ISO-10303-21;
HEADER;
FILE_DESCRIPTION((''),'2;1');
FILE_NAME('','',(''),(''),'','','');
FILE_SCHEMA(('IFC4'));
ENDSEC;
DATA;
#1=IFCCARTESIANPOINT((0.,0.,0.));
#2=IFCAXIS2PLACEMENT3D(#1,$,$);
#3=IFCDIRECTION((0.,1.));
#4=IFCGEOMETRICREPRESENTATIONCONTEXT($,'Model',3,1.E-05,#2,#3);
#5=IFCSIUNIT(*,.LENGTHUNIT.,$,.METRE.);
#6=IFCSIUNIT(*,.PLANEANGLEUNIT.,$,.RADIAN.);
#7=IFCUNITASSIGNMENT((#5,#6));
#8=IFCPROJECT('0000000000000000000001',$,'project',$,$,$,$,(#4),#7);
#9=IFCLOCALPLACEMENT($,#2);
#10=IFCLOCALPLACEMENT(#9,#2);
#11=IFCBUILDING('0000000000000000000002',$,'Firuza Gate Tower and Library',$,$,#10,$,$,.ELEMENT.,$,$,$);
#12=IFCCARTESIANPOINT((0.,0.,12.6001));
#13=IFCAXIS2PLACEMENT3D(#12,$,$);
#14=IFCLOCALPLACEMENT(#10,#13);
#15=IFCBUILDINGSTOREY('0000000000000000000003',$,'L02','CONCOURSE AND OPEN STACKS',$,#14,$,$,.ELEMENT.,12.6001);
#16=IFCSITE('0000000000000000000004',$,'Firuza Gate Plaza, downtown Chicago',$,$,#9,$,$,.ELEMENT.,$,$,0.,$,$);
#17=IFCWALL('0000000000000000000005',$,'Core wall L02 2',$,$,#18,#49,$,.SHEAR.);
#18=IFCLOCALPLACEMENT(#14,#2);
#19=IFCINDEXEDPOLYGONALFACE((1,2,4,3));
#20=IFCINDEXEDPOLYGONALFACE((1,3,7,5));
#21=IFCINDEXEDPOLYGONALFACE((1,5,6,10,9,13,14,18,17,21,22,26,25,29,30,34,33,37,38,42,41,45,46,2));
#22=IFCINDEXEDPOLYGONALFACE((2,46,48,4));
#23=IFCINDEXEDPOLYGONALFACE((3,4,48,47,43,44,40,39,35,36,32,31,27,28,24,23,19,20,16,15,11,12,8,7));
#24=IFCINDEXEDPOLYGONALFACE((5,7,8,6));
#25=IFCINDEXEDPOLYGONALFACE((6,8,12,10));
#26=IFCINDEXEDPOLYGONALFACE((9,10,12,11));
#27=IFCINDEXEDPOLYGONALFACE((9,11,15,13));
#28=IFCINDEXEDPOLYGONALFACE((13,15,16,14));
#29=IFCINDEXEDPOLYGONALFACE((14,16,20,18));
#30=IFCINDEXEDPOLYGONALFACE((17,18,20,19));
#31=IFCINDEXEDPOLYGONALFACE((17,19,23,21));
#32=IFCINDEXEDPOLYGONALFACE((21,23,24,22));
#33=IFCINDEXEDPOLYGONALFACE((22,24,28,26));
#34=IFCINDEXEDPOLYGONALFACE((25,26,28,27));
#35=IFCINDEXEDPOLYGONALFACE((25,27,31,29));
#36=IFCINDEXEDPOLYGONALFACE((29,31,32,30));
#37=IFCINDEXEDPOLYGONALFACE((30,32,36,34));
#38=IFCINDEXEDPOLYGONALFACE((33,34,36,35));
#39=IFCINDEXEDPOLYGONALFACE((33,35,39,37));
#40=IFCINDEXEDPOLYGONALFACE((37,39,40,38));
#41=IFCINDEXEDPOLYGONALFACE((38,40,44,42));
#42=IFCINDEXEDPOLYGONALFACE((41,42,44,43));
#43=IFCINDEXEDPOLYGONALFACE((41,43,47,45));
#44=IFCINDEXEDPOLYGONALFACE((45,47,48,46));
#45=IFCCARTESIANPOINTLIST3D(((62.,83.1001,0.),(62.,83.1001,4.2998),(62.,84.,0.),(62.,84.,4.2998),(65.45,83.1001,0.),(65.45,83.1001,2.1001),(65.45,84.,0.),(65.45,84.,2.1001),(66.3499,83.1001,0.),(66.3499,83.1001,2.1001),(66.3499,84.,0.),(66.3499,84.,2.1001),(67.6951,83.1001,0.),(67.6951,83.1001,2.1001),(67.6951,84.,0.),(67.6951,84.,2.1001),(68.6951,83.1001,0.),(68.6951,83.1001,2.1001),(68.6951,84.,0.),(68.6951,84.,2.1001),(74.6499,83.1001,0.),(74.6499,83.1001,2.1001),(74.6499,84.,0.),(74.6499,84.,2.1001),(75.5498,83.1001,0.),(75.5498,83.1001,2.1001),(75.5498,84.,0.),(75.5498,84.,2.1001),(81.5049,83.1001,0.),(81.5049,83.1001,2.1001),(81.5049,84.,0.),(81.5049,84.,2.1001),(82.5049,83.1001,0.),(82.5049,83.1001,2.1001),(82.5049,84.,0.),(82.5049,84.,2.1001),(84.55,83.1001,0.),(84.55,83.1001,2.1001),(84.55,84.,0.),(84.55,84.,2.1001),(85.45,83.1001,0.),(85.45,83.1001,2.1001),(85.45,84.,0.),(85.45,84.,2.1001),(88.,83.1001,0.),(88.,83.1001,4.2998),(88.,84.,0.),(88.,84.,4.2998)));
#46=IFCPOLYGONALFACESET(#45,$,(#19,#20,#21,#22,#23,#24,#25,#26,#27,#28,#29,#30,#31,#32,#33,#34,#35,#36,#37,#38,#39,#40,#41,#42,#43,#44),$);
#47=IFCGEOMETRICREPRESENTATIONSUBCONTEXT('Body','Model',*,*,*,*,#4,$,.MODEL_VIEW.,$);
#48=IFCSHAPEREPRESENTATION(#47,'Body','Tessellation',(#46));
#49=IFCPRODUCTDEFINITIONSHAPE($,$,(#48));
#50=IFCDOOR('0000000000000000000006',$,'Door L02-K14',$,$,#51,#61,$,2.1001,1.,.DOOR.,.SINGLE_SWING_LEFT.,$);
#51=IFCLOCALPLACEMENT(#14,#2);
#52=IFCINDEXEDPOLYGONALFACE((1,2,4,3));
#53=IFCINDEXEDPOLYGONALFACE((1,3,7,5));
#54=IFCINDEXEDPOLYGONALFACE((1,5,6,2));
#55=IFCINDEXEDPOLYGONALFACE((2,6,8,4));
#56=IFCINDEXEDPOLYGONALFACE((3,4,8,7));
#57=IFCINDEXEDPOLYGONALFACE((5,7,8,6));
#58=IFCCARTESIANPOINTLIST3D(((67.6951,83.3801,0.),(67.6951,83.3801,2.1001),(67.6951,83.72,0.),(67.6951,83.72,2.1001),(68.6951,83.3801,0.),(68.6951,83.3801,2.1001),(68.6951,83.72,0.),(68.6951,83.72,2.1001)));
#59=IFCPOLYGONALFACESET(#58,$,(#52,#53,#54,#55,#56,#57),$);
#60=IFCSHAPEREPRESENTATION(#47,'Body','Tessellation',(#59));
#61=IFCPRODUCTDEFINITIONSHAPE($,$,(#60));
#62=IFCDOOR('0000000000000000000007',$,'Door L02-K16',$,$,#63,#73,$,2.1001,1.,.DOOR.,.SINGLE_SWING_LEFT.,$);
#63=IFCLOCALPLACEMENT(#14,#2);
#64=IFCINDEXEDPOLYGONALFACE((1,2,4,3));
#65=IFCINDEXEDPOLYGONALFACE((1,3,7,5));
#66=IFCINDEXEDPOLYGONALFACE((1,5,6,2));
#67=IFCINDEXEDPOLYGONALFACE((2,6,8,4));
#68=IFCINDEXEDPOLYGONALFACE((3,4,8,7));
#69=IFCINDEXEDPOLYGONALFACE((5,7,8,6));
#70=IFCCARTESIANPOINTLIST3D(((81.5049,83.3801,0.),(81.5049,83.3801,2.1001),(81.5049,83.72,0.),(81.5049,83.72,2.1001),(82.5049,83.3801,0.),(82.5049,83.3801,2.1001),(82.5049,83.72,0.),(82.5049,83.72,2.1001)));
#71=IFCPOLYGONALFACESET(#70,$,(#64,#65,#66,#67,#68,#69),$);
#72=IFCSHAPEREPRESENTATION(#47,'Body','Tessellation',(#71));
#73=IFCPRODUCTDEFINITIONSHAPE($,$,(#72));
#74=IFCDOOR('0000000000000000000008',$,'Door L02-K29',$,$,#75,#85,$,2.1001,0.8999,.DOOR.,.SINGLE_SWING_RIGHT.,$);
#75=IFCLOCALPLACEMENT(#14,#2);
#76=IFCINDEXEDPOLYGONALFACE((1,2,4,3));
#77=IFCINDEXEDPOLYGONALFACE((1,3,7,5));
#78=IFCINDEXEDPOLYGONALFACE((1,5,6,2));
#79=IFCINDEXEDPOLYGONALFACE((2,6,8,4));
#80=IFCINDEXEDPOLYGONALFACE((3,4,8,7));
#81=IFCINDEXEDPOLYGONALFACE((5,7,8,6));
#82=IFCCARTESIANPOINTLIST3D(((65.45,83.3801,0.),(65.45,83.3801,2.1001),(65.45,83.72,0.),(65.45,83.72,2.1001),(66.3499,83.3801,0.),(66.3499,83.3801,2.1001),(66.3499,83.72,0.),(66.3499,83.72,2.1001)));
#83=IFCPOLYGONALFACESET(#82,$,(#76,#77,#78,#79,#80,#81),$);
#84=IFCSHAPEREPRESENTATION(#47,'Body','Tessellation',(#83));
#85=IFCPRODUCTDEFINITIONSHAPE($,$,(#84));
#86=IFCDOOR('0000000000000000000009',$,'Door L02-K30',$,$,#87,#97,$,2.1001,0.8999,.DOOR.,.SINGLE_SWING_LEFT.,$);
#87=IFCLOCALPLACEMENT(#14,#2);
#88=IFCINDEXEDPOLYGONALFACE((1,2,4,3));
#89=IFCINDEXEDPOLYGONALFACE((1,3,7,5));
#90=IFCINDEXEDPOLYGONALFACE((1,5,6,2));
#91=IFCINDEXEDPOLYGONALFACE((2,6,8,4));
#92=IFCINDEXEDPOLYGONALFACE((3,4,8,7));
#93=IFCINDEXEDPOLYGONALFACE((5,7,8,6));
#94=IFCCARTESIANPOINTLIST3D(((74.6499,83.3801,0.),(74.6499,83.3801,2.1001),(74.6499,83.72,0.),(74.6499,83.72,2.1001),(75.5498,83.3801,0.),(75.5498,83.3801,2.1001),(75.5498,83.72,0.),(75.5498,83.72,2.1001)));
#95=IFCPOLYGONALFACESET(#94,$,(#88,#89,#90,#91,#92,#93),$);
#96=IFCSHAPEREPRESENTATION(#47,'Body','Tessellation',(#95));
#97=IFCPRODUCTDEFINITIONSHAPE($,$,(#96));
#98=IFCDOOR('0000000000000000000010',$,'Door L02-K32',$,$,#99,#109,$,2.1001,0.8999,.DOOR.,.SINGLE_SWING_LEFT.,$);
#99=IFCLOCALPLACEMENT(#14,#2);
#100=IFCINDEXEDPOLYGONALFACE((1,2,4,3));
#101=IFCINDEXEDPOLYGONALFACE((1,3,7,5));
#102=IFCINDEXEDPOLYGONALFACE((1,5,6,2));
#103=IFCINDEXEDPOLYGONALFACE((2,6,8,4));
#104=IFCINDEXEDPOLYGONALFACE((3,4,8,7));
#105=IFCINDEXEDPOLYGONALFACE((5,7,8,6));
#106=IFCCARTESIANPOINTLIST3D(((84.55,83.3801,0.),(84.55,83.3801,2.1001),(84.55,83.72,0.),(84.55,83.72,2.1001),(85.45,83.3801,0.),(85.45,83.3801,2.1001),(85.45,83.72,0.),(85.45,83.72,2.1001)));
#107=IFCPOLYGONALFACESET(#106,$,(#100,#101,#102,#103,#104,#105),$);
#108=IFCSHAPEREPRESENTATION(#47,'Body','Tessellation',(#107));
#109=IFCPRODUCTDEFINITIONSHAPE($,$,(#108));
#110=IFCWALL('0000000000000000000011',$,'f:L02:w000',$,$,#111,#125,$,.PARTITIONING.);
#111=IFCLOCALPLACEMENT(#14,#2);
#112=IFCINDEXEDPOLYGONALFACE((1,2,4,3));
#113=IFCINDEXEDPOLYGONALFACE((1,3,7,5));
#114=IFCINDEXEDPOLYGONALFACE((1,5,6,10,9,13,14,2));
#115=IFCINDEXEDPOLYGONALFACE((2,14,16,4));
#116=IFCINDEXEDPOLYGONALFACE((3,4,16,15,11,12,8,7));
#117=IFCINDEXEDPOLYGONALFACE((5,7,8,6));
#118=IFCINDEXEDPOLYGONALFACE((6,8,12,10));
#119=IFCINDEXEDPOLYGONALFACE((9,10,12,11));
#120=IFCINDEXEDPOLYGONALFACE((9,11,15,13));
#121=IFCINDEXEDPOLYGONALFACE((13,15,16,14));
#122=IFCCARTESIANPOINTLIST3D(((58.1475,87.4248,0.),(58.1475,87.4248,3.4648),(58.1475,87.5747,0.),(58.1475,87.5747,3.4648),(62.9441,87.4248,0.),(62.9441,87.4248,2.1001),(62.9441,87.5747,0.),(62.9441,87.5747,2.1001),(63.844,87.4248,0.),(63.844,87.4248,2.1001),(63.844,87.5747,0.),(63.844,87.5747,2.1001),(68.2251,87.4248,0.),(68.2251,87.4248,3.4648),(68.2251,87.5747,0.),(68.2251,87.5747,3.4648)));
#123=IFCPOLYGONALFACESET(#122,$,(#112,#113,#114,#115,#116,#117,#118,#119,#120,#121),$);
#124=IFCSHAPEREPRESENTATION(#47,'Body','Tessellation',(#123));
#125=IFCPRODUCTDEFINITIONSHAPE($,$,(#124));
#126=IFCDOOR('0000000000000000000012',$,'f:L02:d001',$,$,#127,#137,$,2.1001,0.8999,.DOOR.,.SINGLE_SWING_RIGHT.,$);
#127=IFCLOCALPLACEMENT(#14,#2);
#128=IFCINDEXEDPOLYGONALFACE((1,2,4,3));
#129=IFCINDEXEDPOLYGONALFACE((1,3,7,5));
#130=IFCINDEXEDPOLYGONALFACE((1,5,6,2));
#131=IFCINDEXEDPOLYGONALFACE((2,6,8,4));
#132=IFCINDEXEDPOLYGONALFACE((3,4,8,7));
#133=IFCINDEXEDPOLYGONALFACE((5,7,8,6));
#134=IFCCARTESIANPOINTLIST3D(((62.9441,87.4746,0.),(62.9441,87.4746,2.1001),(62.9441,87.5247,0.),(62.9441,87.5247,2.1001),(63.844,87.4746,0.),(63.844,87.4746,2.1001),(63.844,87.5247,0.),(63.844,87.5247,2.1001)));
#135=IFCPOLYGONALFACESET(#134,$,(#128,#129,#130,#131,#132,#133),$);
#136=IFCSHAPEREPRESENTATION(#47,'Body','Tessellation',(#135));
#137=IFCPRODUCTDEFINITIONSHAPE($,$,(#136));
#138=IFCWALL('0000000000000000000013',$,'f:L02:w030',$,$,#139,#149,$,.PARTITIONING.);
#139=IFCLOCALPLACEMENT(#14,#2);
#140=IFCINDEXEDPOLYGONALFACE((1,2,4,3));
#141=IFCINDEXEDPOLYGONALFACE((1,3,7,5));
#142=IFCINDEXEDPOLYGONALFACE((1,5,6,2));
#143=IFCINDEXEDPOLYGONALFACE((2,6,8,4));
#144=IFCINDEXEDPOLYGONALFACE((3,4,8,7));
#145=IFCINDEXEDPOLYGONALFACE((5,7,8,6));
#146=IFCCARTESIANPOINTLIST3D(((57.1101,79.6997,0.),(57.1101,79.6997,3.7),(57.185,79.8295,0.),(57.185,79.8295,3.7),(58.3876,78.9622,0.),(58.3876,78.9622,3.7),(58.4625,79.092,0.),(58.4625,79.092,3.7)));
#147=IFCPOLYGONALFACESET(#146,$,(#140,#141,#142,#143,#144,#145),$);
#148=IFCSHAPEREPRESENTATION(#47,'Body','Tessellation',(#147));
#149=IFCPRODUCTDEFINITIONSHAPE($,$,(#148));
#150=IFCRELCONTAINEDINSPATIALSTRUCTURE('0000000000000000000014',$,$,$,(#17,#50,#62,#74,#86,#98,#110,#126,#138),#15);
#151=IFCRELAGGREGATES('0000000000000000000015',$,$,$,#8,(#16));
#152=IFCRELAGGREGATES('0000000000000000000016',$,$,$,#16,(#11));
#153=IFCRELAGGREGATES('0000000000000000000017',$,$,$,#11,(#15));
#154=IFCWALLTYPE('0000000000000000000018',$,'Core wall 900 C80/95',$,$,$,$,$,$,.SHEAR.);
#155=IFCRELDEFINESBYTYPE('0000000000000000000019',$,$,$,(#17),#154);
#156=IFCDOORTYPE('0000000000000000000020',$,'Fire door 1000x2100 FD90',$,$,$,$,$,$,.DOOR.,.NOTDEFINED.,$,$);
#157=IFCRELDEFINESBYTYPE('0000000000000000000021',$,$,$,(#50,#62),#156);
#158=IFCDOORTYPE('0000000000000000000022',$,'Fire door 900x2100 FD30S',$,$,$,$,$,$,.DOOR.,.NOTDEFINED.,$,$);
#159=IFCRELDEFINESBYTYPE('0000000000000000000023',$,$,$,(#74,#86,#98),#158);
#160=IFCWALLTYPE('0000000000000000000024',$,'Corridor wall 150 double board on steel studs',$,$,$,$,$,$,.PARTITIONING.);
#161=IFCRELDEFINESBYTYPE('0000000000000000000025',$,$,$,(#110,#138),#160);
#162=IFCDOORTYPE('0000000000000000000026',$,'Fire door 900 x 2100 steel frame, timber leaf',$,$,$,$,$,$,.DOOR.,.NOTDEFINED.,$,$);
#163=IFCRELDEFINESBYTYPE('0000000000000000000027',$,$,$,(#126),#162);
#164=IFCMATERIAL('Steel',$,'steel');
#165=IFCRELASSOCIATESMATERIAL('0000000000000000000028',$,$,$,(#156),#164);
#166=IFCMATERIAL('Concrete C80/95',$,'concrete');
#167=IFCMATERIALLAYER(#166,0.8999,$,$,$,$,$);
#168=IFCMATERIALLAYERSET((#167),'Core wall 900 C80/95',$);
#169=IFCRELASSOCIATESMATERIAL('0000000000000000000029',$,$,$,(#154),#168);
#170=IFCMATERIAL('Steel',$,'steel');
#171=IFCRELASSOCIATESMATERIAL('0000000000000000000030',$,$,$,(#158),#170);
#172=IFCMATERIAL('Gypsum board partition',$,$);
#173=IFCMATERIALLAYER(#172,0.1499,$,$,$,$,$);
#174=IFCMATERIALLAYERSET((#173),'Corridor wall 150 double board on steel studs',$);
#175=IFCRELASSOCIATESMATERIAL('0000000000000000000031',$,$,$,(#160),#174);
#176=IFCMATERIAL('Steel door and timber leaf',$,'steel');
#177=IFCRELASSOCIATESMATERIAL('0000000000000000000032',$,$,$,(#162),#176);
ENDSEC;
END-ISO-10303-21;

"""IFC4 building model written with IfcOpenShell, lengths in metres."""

from ifc_helpers import new_model, si_unit, direction, frame, frame_2d, origin, place, context, subcontext, project, spatial, rectangle, extrude, material, layer, layer_set, type_object, element, fill, save


model = new_model("IFC4")

# Units and contexts
model_context = context("Model", 3, precision=1e-05, world=origin(), true_north=direction((0.0, 1.0)))
body_context = subcontext(model_context, "Body", "Model", "MODEL_VIEW")
ifc_project = project(units=[si_unit("LENGTHUNIT", "METRE"), si_unit("PLANEANGLEUNIT", "RADIAN")], contexts=[model_context])

# Site, building, storey
site_placement = place(None, origin())
site = spatial("IfcSite", under=ifc_project, at=site_placement, Name="Firuza Gate Plaza, downtown Chicago", CompositionType="ELEMENT", RefElevation=0.0)
building_placement = place(site_placement, origin())
building = spatial("IfcBuilding", under=site, at=building_placement, Name="Firuza Gate Tower and Library", CompositionType="ELEMENT")
storey_placement = place(building_placement, frame((0.0, 0.0, 12.6001)))
storey = spatial("IfcBuildingStorey", under=building, at=storey_placement, Name="L02", Description="CONCOURSE AND OPEN STACKS", CompositionType="ELEMENT", Elevation=12.6001)

# Shared definitions
ifc_material_1 = material(Name="Steel", Category="steel")
door_type_1 = type_object("IfcDoorType", Name="Fire door 1000x2100 FD90", OperationType="NOTDEFINED", PredefinedType="DOOR", material=ifc_material_1)

# Wall, openings, doors
ifc_material_2 = material(Name="Concrete C80/95", Category="concrete")
ifc_layer_1 = layer(ifc_material_2, 0.8999)
ifc_layer_set_1 = layer_set([ifc_layer_1], Name="Core wall 900 C80/95")
wall_type_1 = type_object("IfcWallType", Name="Core wall 900 C80/95", PredefinedType="SHEAR", material=ifc_layer_set_1)
wall_1_placement = place(storey_placement, frame((62.0, 83.55, 0.0), z_axis=(0.0, 0.0, 1.0), x_axis=(1.0, 0.0, 0.0)))
wall_1 = element("IfcWall", 1, at=wall_1_placement, inside=storey, type_object=wall_type_1, Name="Core wall L02 2", PredefinedType="SHEAR", context=body_context, shape_type="SweptSolid", body=[
    extrude(rectangle(XDim=26.0, YDim=0.8999, at=frame_2d((13.0, 0.0))), origin(), (0.0, 0.0, 1.0), 4.2998),
])
opening_1_placement = place(wall_1_placement, frame((5.6951, 0.0, 0.0)))
opening_1 = element("IfcOpeningElement", 2, at=opening_1_placement, cuts=wall_1, PredefinedType="OPENING", context=body_context, shape_type="SweptSolid", body=[
    extrude(rectangle(XDim=1.0, YDim=2.1001, at=frame_2d((0.5, 1.05))), frame((0.0, 0.46, 0.0), z_axis=(0.0, -1.0, 0.0), x_axis=(1.0, 0.0, 0.0)), (0.0, 0.0, 1.0), 0.9199),
])
opening_2_placement = place(wall_1_placement, frame((19.5049, 0.0, 0.0)))
opening_2 = element("IfcOpeningElement", 3, at=opening_2_placement, cuts=wall_1, PredefinedType="OPENING", context=body_context, shape_type="SweptSolid", body=[
    extrude(rectangle(XDim=1.0, YDim=2.1001, at=frame_2d((0.5, 1.05))), frame((0.0, 0.46, 0.0), z_axis=(0.0, -1.0, 0.0), x_axis=(1.0, 0.0, 0.0)), (0.0, 0.0, 1.0), 0.9199),
])
opening_3_placement = place(wall_1_placement, frame((3.45, 0.0, 0.0)))
opening_3 = element("IfcOpeningElement", 4, at=opening_3_placement, cuts=wall_1, PredefinedType="OPENING", context=body_context, shape_type="SweptSolid", body=[
    extrude(rectangle(XDim=0.8999, YDim=2.1001, at=frame_2d((0.45, 1.05))), frame((0.0, 0.46, 0.0), z_axis=(0.0, -1.0, 0.0), x_axis=(1.0, 0.0, 0.0)), (0.0, 0.0, 1.0), 0.9199),
])
opening_4_placement = place(wall_1_placement, frame((12.6499, 0.0, 0.0)))
opening_4 = element("IfcOpeningElement", 5, at=opening_4_placement, cuts=wall_1, PredefinedType="OPENING", context=body_context, shape_type="SweptSolid", body=[
    extrude(rectangle(XDim=0.8999, YDim=2.1001, at=frame_2d((0.45, 1.05))), frame((0.0, 0.46, 0.0), z_axis=(0.0, -1.0, 0.0), x_axis=(1.0, 0.0, 0.0)), (0.0, 0.0, 1.0), 0.9199),
])
opening_5_placement = place(wall_1_placement, frame((22.55, 0.0, 0.0)))
opening_5 = element("IfcOpeningElement", 6, at=opening_5_placement, cuts=wall_1, PredefinedType="OPENING", context=body_context, shape_type="SweptSolid", body=[
    extrude(rectangle(XDim=0.8999, YDim=2.1001, at=frame_2d((0.45, 1.05))), frame((0.0, 0.46, 0.0), z_axis=(0.0, -1.0, 0.0), x_axis=(1.0, 0.0, 0.0)), (0.0, 0.0, 1.0), 0.9199),
])
door_1_placement = place(opening_1_placement, origin())
door_1 = element("IfcDoor", 7, at=door_1_placement, inside=storey, type_object=door_type_1, Name="Door L02-K14", OperationType="SINGLE_SWING_LEFT", OverallHeight=2.1001, OverallWidth=1.0, PredefinedType="DOOR", context=body_context, shape_type="SweptSolid", body=[
    extrude(rectangle(XDim=1.0, YDim=2.1001, at=frame_2d((0.5, 1.05))), frame((0.0, 0.1699, 0.0), z_axis=(0.0, -1.0, 0.0), x_axis=(1.0, 0.0, 0.0)), (0.0, 0.0, 1.0), 0.3398),
])
fill(opening_1, door_1)
door_2_placement = place(opening_2_placement, origin())
door_2 = element("IfcDoor", 8, at=door_2_placement, inside=storey, type_object=door_type_1, Name="Door L02-K16", OperationType="SINGLE_SWING_LEFT", OverallHeight=2.1001, OverallWidth=1.0, PredefinedType="DOOR", context=body_context, shape_type="SweptSolid", body=[
    extrude(rectangle(XDim=1.0, YDim=2.1001, at=frame_2d((0.5, 1.05))), frame((0.0, 0.1699, 0.0), z_axis=(0.0, -1.0, 0.0), x_axis=(1.0, 0.0, 0.0)), (0.0, 0.0, 1.0), 0.3398),
])
fill(opening_2, door_2)
ifc_material_3 = material(Name="Steel", Category="steel")
door_type_2 = type_object("IfcDoorType", Name="Fire door 900x2100 FD30S", OperationType="NOTDEFINED", PredefinedType="DOOR", material=ifc_material_3)
door_3_placement = place(opening_3_placement, origin())
door_3 = element("IfcDoor", 9, at=door_3_placement, inside=storey, type_object=door_type_2, Name="Door L02-K29", OperationType="SINGLE_SWING_RIGHT", OverallHeight=2.1001, OverallWidth=0.8999, PredefinedType="DOOR", context=body_context, shape_type="SweptSolid", body=[
    extrude(rectangle(XDim=0.8999, YDim=2.1001, at=frame_2d((0.45, 1.05))), frame((0.0, 0.1699, 0.0), z_axis=(0.0, -1.0, 0.0), x_axis=(1.0, 0.0, 0.0)), (0.0, 0.0, 1.0), 0.3398),
])
fill(opening_3, door_3)
door_4_placement = place(opening_4_placement, origin())
door_4 = element("IfcDoor", 10, at=door_4_placement, inside=storey, type_object=door_type_2, Name="Door L02-K30", OperationType="SINGLE_SWING_LEFT", OverallHeight=2.1001, OverallWidth=0.8999, PredefinedType="DOOR", context=body_context, shape_type="SweptSolid", body=[
    extrude(rectangle(XDim=0.8999, YDim=2.1001, at=frame_2d((0.45, 1.05))), frame((0.0, 0.1699, 0.0), z_axis=(0.0, -1.0, 0.0), x_axis=(1.0, 0.0, 0.0)), (0.0, 0.0, 1.0), 0.3398),
])
fill(opening_4, door_4)
door_5_placement = place(opening_5_placement, origin())
door_5 = element("IfcDoor", 11, at=door_5_placement, inside=storey, type_object=door_type_2, Name="Door L02-K32", OperationType="SINGLE_SWING_LEFT", OverallHeight=2.1001, OverallWidth=0.8999, PredefinedType="DOOR", context=body_context, shape_type="SweptSolid", body=[
    extrude(rectangle(XDim=0.8999, YDim=2.1001, at=frame_2d((0.45, 1.05))), frame((0.0, 0.1699, 0.0), z_axis=(0.0, -1.0, 0.0), x_axis=(1.0, 0.0, 0.0)), (0.0, 0.0, 1.0), 0.3398),
])
fill(opening_5, door_5)

# Wall, opening, door
ifc_material_4 = material(Name="Gypsum board partition")
ifc_layer_2 = layer(ifc_material_4, 0.1499)
ifc_layer_set_2 = layer_set([ifc_layer_2], Name="Corridor wall 150 double board on steel studs")
wall_type_2 = type_object("IfcWallType", Name="Corridor wall 150 double board on steel studs", PredefinedType="PARTITIONING", material=ifc_layer_set_2)
wall_2_placement = place(storey_placement, frame((58.1475, 87.4998, 0.0), z_axis=(0.0, 0.0, 1.0), x_axis=(1.0, 0.0, 0.0)))
wall_2 = element("IfcWall", 12, at=wall_2_placement, inside=storey, type_object=wall_type_2, Name="f:L02:w000", PredefinedType="PARTITIONING", context=body_context, shape_type="SweptSolid", body=[
    extrude(rectangle(XDim=10.0776, YDim=0.1499, at=frame_2d((5.0388, 0.0))), origin(), (0.0, 0.0, 1.0), 3.4648),
])
opening_6_placement = place(wall_2_placement, frame((4.7966, 0.0, 0.0)))
opening_6 = element("IfcOpeningElement", 13, at=opening_6_placement, cuts=wall_2, PredefinedType="OPENING", context=body_context, shape_type="SweptSolid", body=[
    extrude(rectangle(XDim=0.8999, YDim=2.1001, at=frame_2d((0.45, 1.05))), frame((0.0, 0.085, 0.0), z_axis=(0.0, -1.0, 0.0), x_axis=(1.0, 0.0, 0.0)), (0.0, 0.0, 1.0), 0.1699),
])
ifc_material_5 = material(Name="Steel door and timber leaf", Category="steel")
door_type_3 = type_object("IfcDoorType", Name="Fire door 900 x 2100 steel frame, timber leaf", OperationType="NOTDEFINED", PredefinedType="DOOR", material=ifc_material_5)
door_6_placement = place(opening_6_placement, origin())
door_6 = element("IfcDoor", 14, at=door_6_placement, inside=storey, type_object=door_type_3, Name="f:L02:d001", OperationType="SINGLE_SWING_RIGHT", OverallHeight=2.1001, OverallWidth=0.8999, PredefinedType="DOOR", context=body_context, shape_type="SweptSolid", body=[
    extrude(rectangle(XDim=0.8999, YDim=2.1001, at=frame_2d((0.45, 1.05))), frame((0.0, 0.0249, 0.0), z_axis=(0.0, -1.0, 0.0), x_axis=(1.0, 0.0, 0.0)), (0.0, 0.0, 1.0), 0.05),
])
fill(opening_6, door_6)

# Wall
wall_3_placement = place(storey_placement, frame((58.425, 79.0271, 0.0), z_axis=(0.0, 0.0, 1.0), x_axis=(-0.866045, 0.499966, 0.0)))
element("IfcWall", 15, at=wall_3_placement, inside=storey, type_object=wall_type_2, Name="f:L02:w030", PredefinedType="PARTITIONING", context=body_context, shape_type="SweptSolid", body=[
    extrude(rectangle(XDim=1.4751, YDim=0.1499, at=frame_2d((0.7375, 0.0))), origin(), (0.0, 0.0, 1.0), 3.7),
])

save(model, "model.ifc")
